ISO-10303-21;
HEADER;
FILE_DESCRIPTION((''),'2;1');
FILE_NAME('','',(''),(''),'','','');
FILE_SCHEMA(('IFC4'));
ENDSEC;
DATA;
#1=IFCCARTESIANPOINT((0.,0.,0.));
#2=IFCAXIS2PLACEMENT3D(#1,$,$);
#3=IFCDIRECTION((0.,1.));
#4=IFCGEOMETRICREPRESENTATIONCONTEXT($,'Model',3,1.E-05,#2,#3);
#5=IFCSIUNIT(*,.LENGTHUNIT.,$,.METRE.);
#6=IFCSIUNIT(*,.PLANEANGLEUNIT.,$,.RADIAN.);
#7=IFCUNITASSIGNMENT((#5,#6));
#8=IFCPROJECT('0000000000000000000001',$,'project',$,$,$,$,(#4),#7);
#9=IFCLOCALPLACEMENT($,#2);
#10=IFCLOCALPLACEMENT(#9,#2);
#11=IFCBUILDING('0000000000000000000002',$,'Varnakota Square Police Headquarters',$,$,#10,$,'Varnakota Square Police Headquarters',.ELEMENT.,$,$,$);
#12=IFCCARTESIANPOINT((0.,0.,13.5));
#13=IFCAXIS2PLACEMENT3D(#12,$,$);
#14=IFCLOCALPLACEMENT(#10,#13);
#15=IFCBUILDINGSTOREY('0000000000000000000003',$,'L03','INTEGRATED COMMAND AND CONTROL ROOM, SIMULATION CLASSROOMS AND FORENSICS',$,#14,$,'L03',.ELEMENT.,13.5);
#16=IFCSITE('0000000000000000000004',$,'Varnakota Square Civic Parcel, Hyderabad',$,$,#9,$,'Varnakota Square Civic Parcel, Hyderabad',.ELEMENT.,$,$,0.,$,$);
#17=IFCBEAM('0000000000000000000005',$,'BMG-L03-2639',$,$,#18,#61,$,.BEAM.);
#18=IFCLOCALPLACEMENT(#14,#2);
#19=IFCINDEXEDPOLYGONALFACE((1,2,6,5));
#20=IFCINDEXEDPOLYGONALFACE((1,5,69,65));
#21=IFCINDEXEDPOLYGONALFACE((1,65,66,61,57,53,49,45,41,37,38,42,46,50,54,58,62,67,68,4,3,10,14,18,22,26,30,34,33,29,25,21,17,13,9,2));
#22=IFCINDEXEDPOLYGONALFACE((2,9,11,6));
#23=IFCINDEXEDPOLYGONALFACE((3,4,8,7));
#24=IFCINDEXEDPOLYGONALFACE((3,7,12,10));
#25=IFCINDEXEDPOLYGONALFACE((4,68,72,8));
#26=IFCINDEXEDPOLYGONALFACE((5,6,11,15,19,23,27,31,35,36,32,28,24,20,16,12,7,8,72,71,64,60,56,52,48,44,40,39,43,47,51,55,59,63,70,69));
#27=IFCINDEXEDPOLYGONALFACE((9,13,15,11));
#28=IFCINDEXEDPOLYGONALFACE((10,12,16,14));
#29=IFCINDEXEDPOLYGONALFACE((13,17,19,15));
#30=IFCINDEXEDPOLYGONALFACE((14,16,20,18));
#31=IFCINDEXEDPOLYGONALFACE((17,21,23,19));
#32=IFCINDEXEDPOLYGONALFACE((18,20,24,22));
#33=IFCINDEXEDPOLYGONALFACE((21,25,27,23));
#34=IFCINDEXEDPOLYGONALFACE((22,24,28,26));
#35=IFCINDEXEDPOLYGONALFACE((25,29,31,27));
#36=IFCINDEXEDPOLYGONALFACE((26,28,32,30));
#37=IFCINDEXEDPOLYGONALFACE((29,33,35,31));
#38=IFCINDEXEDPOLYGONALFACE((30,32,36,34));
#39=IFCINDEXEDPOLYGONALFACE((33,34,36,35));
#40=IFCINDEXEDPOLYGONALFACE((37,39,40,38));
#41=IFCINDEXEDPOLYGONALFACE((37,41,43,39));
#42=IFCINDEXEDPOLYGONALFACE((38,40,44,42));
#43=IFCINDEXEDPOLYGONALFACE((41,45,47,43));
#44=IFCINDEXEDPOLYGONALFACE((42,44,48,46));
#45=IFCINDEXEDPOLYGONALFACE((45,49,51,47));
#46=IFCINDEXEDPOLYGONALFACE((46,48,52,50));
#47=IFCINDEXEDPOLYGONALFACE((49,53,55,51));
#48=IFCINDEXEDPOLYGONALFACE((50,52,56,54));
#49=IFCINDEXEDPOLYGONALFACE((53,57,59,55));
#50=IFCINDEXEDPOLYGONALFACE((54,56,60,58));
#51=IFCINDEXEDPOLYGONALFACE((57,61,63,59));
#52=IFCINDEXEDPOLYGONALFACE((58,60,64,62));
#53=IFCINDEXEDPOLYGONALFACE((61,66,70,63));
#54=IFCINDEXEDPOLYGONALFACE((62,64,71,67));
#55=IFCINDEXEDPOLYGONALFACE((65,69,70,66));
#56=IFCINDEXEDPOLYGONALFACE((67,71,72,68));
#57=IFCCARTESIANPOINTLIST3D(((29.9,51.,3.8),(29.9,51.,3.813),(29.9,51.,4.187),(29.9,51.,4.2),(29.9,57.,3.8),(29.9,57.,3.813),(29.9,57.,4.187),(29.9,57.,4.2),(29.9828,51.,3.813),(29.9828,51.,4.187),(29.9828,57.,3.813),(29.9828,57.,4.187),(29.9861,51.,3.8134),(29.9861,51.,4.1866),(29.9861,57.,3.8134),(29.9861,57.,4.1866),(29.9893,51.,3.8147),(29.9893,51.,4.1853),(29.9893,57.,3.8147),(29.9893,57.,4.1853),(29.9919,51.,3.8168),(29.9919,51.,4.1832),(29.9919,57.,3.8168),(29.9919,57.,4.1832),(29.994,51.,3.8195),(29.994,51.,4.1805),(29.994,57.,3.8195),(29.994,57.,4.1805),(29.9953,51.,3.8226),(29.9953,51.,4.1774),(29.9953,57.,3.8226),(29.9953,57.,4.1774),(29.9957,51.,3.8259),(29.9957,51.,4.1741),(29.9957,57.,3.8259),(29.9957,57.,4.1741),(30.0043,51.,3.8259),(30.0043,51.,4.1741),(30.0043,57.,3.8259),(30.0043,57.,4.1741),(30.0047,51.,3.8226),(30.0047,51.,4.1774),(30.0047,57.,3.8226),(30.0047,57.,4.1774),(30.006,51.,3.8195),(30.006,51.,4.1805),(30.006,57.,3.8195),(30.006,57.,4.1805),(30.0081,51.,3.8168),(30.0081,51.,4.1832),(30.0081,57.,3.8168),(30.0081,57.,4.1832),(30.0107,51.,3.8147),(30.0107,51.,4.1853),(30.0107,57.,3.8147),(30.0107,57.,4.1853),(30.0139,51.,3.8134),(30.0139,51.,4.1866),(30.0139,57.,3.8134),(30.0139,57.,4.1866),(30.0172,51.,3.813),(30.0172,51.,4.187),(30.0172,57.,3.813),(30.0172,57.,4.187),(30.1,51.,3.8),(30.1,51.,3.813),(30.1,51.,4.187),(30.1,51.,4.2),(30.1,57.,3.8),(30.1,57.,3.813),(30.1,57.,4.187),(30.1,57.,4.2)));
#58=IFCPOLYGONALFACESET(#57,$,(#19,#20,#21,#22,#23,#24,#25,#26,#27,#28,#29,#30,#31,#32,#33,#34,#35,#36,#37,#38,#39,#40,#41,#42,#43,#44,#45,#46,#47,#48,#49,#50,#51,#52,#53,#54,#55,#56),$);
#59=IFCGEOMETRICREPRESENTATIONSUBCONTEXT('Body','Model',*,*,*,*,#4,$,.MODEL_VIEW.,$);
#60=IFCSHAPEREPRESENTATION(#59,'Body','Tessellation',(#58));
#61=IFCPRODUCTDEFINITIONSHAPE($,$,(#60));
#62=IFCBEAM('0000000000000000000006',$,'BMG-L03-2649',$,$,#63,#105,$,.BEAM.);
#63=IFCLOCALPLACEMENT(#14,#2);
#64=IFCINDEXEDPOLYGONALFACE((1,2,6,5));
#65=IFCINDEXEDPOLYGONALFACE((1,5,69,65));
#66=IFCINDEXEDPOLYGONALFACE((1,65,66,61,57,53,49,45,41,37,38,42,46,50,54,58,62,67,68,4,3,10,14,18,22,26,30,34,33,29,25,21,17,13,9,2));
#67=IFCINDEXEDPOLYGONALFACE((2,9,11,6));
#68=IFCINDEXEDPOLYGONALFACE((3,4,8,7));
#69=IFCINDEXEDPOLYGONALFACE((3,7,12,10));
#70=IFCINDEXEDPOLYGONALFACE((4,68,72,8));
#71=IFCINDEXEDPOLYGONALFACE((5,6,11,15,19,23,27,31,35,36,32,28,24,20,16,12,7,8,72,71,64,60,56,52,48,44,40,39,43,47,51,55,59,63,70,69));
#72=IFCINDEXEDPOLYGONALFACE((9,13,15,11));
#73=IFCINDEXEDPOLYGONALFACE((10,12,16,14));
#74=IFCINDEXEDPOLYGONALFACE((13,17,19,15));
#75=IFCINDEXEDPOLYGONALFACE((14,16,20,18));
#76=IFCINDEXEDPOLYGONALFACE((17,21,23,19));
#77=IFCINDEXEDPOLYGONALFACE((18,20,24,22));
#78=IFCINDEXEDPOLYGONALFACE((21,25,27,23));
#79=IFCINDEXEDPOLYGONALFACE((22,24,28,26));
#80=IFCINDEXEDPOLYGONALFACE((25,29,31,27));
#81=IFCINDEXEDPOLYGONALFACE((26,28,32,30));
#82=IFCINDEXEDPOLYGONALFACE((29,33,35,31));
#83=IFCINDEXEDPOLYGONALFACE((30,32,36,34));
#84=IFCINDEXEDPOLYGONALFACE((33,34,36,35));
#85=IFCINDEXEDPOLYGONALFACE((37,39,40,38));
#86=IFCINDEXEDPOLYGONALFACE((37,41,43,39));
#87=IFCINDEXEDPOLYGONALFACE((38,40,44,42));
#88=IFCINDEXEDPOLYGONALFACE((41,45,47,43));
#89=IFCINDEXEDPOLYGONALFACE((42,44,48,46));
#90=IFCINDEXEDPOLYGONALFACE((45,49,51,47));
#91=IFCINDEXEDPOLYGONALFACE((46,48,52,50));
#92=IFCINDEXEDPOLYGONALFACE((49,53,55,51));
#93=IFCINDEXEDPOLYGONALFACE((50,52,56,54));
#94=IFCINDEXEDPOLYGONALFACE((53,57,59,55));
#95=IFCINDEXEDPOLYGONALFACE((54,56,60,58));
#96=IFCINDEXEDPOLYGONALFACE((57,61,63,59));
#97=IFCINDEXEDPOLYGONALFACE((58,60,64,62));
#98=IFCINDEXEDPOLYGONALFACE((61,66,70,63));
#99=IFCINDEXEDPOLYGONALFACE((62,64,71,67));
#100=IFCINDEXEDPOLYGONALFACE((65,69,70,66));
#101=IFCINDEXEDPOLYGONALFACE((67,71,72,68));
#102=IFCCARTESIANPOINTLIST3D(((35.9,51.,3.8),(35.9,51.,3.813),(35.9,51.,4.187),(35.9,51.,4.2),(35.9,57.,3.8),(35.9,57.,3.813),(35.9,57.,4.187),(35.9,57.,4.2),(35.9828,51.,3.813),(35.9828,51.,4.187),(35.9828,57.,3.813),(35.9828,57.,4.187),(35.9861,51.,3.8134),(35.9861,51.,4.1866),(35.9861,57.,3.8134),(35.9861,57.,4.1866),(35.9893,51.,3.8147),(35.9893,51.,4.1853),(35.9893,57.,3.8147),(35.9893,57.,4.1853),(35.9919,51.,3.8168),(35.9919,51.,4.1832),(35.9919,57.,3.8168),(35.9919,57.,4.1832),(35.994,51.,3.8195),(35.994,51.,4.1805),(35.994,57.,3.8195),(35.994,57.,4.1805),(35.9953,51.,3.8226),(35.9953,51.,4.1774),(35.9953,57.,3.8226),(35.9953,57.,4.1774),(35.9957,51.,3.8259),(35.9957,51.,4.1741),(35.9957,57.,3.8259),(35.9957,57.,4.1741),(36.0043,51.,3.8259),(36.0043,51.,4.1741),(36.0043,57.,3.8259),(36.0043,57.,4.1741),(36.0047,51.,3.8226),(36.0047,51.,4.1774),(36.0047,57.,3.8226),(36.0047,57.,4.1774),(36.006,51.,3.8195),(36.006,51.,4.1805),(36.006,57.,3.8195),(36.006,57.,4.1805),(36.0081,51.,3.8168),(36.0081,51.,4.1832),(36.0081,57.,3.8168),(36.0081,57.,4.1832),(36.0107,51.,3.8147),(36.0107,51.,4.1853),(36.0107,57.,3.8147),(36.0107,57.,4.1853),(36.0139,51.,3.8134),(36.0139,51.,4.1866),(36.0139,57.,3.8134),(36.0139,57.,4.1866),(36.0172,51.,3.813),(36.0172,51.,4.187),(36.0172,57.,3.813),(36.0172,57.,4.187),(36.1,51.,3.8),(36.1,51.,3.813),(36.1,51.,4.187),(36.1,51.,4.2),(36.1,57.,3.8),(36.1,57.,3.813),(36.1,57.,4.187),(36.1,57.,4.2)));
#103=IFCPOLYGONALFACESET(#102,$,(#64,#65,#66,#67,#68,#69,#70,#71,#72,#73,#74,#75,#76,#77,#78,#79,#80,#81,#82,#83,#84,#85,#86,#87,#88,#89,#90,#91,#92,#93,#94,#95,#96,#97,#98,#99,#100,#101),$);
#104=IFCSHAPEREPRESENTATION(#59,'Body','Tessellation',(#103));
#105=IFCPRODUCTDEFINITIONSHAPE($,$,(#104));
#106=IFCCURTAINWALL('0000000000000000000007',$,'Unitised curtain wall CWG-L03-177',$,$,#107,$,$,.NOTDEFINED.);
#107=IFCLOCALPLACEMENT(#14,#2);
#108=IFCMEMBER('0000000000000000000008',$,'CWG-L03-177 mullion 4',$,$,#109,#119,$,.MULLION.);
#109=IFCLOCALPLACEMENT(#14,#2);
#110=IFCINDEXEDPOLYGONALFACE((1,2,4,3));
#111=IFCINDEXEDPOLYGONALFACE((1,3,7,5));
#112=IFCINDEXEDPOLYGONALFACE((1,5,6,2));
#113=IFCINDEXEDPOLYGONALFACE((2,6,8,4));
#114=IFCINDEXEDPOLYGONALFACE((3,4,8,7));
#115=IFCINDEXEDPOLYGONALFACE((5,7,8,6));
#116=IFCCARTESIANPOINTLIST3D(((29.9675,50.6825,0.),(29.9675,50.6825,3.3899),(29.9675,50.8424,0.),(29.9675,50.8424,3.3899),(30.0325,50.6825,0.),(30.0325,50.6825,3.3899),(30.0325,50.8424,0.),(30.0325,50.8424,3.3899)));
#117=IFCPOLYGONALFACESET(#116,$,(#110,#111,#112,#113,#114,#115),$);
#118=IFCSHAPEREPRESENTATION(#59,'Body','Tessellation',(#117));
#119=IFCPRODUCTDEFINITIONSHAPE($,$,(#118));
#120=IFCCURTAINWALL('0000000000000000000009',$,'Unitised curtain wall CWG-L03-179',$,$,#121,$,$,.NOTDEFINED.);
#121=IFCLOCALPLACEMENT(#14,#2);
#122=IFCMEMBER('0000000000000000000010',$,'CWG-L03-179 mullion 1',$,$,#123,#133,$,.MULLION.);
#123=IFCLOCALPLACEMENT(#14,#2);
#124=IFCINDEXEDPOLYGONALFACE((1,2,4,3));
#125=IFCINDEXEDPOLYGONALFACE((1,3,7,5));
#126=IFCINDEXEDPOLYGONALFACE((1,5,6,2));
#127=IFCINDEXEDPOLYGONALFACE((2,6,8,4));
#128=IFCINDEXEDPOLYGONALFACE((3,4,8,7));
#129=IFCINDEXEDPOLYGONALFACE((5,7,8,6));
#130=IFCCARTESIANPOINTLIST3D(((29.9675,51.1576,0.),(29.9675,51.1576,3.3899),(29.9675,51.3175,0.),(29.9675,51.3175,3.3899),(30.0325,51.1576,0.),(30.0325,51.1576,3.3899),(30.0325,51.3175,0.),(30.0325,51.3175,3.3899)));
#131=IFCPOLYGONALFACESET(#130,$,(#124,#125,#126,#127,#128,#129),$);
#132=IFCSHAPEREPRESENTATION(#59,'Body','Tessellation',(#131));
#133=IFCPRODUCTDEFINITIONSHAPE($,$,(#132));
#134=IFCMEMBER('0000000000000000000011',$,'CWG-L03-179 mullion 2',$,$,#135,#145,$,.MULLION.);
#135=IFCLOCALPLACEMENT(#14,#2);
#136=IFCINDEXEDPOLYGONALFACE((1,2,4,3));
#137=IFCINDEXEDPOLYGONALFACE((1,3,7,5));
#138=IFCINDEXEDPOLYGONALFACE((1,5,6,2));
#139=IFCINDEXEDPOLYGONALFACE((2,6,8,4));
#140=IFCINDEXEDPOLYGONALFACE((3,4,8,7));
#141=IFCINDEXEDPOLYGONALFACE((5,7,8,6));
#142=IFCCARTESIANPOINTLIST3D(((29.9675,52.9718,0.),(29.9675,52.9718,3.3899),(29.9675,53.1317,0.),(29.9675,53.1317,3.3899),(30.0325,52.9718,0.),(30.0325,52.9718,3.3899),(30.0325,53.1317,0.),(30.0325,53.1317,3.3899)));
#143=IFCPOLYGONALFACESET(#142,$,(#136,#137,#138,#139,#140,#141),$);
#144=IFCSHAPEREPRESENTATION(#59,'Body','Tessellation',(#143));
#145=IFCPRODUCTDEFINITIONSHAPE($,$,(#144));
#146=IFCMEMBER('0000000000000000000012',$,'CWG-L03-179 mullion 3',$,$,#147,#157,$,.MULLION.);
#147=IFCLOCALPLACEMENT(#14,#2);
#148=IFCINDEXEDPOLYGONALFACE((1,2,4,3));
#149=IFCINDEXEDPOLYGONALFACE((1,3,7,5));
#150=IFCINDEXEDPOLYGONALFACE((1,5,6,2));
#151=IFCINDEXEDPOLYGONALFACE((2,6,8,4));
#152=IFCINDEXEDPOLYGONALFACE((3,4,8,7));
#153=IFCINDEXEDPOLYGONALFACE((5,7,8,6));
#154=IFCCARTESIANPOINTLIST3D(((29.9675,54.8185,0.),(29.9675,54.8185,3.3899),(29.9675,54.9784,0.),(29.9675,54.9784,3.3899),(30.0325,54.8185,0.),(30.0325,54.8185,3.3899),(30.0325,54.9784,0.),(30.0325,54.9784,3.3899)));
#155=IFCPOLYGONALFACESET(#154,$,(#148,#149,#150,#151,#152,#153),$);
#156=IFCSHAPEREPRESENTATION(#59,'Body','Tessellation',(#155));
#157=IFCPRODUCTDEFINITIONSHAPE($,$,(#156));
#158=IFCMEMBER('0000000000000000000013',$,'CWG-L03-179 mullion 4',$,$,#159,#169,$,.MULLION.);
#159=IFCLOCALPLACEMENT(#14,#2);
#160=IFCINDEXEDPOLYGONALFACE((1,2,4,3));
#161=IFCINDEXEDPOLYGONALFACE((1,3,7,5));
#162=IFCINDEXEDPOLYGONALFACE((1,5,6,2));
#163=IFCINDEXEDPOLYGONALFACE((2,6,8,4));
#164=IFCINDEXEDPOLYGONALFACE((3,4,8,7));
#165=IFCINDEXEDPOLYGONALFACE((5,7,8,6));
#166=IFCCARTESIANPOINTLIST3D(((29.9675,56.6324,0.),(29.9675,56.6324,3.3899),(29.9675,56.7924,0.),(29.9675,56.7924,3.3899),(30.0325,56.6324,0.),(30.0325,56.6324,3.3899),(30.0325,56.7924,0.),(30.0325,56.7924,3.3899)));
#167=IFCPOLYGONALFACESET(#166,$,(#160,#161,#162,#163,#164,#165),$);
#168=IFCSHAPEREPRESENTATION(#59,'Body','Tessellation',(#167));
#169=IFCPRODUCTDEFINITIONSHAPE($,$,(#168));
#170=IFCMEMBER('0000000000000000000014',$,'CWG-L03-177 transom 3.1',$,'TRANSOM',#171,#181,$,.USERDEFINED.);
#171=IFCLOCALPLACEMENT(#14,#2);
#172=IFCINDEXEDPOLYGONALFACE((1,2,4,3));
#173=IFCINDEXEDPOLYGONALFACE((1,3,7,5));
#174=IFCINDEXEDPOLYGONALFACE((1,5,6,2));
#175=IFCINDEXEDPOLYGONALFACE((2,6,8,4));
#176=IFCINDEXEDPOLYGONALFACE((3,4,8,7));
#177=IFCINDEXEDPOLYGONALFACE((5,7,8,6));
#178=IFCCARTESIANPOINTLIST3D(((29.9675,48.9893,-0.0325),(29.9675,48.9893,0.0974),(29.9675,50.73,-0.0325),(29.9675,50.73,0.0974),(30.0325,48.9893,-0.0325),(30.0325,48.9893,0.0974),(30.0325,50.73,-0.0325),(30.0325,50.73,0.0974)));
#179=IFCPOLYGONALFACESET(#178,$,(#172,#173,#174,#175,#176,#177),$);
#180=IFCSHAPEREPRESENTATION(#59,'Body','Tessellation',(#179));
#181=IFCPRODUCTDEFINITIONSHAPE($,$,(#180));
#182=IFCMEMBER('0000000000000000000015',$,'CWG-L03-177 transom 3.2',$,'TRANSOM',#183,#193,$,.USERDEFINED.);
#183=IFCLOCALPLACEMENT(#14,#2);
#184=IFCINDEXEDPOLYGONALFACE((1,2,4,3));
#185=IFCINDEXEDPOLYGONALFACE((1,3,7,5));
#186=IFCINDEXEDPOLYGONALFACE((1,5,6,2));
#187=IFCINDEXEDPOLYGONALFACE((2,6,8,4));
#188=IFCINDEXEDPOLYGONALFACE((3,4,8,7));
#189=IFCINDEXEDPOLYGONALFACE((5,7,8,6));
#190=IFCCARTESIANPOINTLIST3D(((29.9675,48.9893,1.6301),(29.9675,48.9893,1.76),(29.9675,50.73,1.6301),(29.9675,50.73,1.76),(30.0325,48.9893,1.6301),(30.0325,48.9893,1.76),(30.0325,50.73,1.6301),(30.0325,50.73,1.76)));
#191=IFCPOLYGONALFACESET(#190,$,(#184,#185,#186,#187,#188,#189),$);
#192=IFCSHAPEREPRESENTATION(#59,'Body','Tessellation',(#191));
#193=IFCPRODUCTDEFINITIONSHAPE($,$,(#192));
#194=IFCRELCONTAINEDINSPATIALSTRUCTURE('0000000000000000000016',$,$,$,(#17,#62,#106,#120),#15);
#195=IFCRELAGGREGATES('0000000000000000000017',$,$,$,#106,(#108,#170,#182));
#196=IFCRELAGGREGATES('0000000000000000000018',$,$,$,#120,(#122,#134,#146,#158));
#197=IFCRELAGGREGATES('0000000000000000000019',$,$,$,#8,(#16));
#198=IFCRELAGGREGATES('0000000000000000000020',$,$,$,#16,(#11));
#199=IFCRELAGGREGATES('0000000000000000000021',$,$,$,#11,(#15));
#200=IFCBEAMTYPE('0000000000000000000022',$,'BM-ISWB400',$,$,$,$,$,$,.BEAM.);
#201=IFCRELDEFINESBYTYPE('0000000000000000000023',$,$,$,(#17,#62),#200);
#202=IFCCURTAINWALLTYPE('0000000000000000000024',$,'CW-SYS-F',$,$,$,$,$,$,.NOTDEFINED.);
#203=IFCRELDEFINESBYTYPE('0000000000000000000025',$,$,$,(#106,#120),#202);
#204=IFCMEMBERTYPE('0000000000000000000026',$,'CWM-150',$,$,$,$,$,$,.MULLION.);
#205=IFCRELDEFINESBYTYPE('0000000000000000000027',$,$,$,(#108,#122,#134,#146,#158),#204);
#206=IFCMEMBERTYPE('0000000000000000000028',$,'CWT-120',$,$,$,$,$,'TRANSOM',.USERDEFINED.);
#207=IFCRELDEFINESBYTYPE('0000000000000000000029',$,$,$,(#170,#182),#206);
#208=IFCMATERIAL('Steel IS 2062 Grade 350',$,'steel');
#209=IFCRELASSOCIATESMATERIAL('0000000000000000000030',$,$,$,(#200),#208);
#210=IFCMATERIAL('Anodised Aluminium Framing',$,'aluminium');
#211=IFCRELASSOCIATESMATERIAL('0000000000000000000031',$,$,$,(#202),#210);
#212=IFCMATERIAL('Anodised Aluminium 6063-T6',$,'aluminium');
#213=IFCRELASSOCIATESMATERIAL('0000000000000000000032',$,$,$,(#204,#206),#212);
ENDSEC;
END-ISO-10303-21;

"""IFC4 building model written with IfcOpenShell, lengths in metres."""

from ifc_helpers import new_model, si_unit, direction, frame, origin, origin_2d, place, context, subcontext, project, spatial, rectangle, i_section, extrude, material, material_profile, profile_set, type_object, element, aggregate, save


model = new_model("IFC4")

# Units and contexts
model_context = context("Model", 3, precision=1e-05, world=origin(), true_north=direction((0.0, 1.0)))
body_context = subcontext(model_context, "Body", "Model", "MODEL_VIEW")
ifc_project = project(units=[si_unit("LENGTHUNIT", "METRE"), si_unit("PLANEANGLEUNIT", "RADIAN")], contexts=[model_context])

# Site, building, storey
site_placement = place(None, origin())
site = spatial("IfcSite", under=ifc_project, at=site_placement, Name="Varnakota Square Civic Parcel, Hyderabad", LongName="Varnakota Square Civic Parcel, Hyderabad", CompositionType="ELEMENT", RefElevation=0.0)
building_placement = place(site_placement, origin())
building = spatial("IfcBuilding", under=site, at=building_placement, Name="Varnakota Square Police Headquarters", LongName="Varnakota Square Police Headquarters", CompositionType="ELEMENT")
storey_placement = place(building_placement, frame((0.0, 0.0, 13.5)))
storey = spatial("IfcBuildingStorey", under=building, at=storey_placement, Name="L03", Description="INTEGRATED COMMAND AND CONTROL ROOM, SIMULATION CLASSROOMS AND FORENSICS", LongName="L03", CompositionType="ELEMENT", Elevation=13.5)

# Shared definitions
ifc_material_1 = material(Name="Steel IS 2062 Grade 350", Category="steel")

# Beams
ifc_material_profile_1 = material_profile(ifc_material_1, i_section(OverallWidth=0.2, OverallDepth=0.3999, WebThickness=0.0085, FlangeThickness=0.0129, FilletRadius=0.0129, at=origin_2d()), Name="ISWB 400")
ifc_profile_set_1 = profile_set([ifc_material_profile_1], Name="Steel IS 2062 Grade 350")
beam_type_1 = type_object("IfcBeamType", Name="BM-ISWB400", PredefinedType="BEAM", material=ifc_profile_set_1)
for number, where, z_axis, x_axis, name in (
    (1, (30.0, 51.0, 4.0), (0.0, 1.0, 0.0), (-1.0, 0.0, 0.0), "BMG-L03-2639"),
    (2, (36.0, 51.0, 4.0), (0.0, 1.0, 0.0), (-1.0, 0.0, 0.0), "BMG-L03-2649"),
):
    element("IfcBeam", number, at=place(storey_placement, frame(where, z_axis=z_axis, x_axis=x_axis)), inside=storey, type_object=beam_type_1, Name=name, PredefinedType="BEAM", context=body_context, shape_type="SweptSolid", body=[
        extrude(i_section(OverallWidth=0.2, OverallDepth=0.3999, WebThickness=0.0085, FlangeThickness=0.0129, FilletRadius=0.0129, at=origin_2d()), origin(), (0.0, 0.0, 1.0), 6.0),
    ])

# Curtain wall, member
ifc_material_2 = material(Name="Anodised Aluminium Framing", Category="aluminium")
curtain_wall_type = type_object("IfcCurtainWallType", Name="CW-SYS-F", PredefinedType="NOTDEFINED", material=ifc_material_2)
curtain_wall_1_placement = place(storey_placement, origin())
curtain_wall_1 = element("IfcCurtainWall", 3, at=curtain_wall_1_placement, inside=storey, type_object=curtain_wall_type, Name="Unitised curtain wall CWG-L03-177", PredefinedType="NOTDEFINED")
ifc_material_3 = material(Name="Anodised Aluminium 6063-T6", Category="aluminium")
ifc_material_profile_2 = material_profile(ifc_material_3, rectangle(XDim=0.0649, YDim=0.1599, at=origin_2d()), Name="ALU MULLION 65x160")
ifc_profile_set_2 = profile_set([ifc_material_profile_2], Name="Anodised Aluminium 6063-T6")
member_type_1 = type_object("IfcMemberType", Name="CWM-150", PredefinedType="MULLION", material=ifc_profile_set_2)
member_1_placement = place(storey_placement, frame((30.0, 50.7625, 0.0), z_axis=(0.0, 0.0, 1.0), x_axis=(-1.0, 0.0, 0.0)))
member_1 = element("IfcMember", 4, at=member_1_placement, type_object=member_type_1, Name="CWG-L03-177 mullion 4", PredefinedType="MULLION", context=body_context, shape_type="SweptSolid", body=[
    extrude(rectangle(XDim=0.0649, YDim=0.1599, at=origin_2d()), origin(), (0.0, 0.0, 1.0), 3.3899),
])

# Curtain wall, members
curtain_wall_2_placement = place(storey_placement, origin())
curtain_wall_2 = element("IfcCurtainWall", 5, at=curtain_wall_2_placement, inside=storey, type_object=curtain_wall_type, Name="Unitised curtain wall CWG-L03-179", PredefinedType="NOTDEFINED")
member_2_placement = place(storey_placement, frame((30.0, 51.2375, 0.0), z_axis=(0.0, 0.0, 1.0), x_axis=(-1.0, 0.0, 0.0)))
member_2 = element("IfcMember", 6, at=member_2_placement, type_object=member_type_1, Name="CWG-L03-179 mullion 1", PredefinedType="MULLION", context=body_context, shape_type="SweptSolid", body=[
    extrude(rectangle(XDim=0.0649, YDim=0.1599, at=origin_2d()), origin(), (0.0, 0.0, 1.0), 3.3899),
])
member_3_placement = place(storey_placement, frame((30.0, 53.0518, 0.0), z_axis=(0.0, 0.0, 1.0), x_axis=(-1.0, 0.0, 0.0)))
member_3 = element("IfcMember", 7, at=member_3_placement, type_object=member_type_1, Name="CWG-L03-179 mullion 2", PredefinedType="MULLION", context=body_context, shape_type="SweptSolid", body=[
    extrude(rectangle(XDim=0.0649, YDim=0.1599, at=origin_2d()), origin(), (0.0, 0.0, 1.0), 3.3899),
])
member_4_placement = place(storey_placement, frame((30.0, 54.8984, 0.0), z_axis=(0.0, 0.0, 1.0), x_axis=(-1.0, 0.0, 0.0)))
member_4 = element("IfcMember", 8, at=member_4_placement, type_object=member_type_1, Name="CWG-L03-179 mullion 3", PredefinedType="MULLION", context=body_context, shape_type="SweptSolid", body=[
    extrude(rectangle(XDim=0.0649, YDim=0.1599, at=origin_2d()), origin(), (0.0, 0.0, 1.0), 3.3899),
])
member_5_placement = place(storey_placement, frame((30.0, 56.7124, 0.0), z_axis=(0.0, 0.0, 1.0), x_axis=(-1.0, 0.0, 0.0)))
member_5 = element("IfcMember", 9, at=member_5_placement, type_object=member_type_1, Name="CWG-L03-179 mullion 4", PredefinedType="MULLION", context=body_context, shape_type="SweptSolid", body=[
    extrude(rectangle(XDim=0.0649, YDim=0.1599, at=origin_2d()), origin(), (0.0, 0.0, 1.0), 3.3899),
])

# Members
ifc_material_profile_3 = material_profile(ifc_material_3, rectangle(XDim=0.0649, YDim=0.1299, at=origin_2d()), Name="ALU TRANSOM 65x130")
ifc_profile_set_3 = profile_set([ifc_material_profile_3], Name="Anodised Aluminium 6063-T6")
member_type_2 = type_object("IfcMemberType", Name="CWT-120", ElementType="TRANSOM", PredefinedType="USERDEFINED", material=ifc_profile_set_3)
member_6_placement = place(storey_placement, frame((30.0, 48.9893, 0.0325), z_axis=(0.0, 1.0, 0.0), x_axis=(-1.0, 0.0, 0.0)))
member_6 = element("IfcMember", 10, at=member_6_placement, type_object=member_type_2, Name="CWG-L03-177 transom 3.1", ObjectType="TRANSOM", PredefinedType="USERDEFINED", context=body_context, shape_type="SweptSolid", body=[
    extrude(rectangle(XDim=0.0649, YDim=0.1299, at=origin_2d()), origin(), (0.0, 0.0, 1.0), 1.7407),
])
member_7_placement = place(storey_placement, frame((30.0, 48.9893, 1.6951), z_axis=(0.0, 1.0, 0.0), x_axis=(-1.0, 0.0, 0.0)))
member_7 = element("IfcMember", 11, at=member_7_placement, type_object=member_type_2, Name="CWG-L03-177 transom 3.2", ObjectType="TRANSOM", PredefinedType="USERDEFINED", context=body_context, shape_type="SweptSolid", body=[
    extrude(rectangle(XDim=0.0649, YDim=0.1299, at=origin_2d()), origin(), (0.0, 0.0, 1.0), 1.7407),
])

aggregate(curtain_wall_1, [member_1, member_6, member_7])
aggregate(curtain_wall_2, [member_2, member_3, member_4, member_5])

save(model, "model.ifc")
